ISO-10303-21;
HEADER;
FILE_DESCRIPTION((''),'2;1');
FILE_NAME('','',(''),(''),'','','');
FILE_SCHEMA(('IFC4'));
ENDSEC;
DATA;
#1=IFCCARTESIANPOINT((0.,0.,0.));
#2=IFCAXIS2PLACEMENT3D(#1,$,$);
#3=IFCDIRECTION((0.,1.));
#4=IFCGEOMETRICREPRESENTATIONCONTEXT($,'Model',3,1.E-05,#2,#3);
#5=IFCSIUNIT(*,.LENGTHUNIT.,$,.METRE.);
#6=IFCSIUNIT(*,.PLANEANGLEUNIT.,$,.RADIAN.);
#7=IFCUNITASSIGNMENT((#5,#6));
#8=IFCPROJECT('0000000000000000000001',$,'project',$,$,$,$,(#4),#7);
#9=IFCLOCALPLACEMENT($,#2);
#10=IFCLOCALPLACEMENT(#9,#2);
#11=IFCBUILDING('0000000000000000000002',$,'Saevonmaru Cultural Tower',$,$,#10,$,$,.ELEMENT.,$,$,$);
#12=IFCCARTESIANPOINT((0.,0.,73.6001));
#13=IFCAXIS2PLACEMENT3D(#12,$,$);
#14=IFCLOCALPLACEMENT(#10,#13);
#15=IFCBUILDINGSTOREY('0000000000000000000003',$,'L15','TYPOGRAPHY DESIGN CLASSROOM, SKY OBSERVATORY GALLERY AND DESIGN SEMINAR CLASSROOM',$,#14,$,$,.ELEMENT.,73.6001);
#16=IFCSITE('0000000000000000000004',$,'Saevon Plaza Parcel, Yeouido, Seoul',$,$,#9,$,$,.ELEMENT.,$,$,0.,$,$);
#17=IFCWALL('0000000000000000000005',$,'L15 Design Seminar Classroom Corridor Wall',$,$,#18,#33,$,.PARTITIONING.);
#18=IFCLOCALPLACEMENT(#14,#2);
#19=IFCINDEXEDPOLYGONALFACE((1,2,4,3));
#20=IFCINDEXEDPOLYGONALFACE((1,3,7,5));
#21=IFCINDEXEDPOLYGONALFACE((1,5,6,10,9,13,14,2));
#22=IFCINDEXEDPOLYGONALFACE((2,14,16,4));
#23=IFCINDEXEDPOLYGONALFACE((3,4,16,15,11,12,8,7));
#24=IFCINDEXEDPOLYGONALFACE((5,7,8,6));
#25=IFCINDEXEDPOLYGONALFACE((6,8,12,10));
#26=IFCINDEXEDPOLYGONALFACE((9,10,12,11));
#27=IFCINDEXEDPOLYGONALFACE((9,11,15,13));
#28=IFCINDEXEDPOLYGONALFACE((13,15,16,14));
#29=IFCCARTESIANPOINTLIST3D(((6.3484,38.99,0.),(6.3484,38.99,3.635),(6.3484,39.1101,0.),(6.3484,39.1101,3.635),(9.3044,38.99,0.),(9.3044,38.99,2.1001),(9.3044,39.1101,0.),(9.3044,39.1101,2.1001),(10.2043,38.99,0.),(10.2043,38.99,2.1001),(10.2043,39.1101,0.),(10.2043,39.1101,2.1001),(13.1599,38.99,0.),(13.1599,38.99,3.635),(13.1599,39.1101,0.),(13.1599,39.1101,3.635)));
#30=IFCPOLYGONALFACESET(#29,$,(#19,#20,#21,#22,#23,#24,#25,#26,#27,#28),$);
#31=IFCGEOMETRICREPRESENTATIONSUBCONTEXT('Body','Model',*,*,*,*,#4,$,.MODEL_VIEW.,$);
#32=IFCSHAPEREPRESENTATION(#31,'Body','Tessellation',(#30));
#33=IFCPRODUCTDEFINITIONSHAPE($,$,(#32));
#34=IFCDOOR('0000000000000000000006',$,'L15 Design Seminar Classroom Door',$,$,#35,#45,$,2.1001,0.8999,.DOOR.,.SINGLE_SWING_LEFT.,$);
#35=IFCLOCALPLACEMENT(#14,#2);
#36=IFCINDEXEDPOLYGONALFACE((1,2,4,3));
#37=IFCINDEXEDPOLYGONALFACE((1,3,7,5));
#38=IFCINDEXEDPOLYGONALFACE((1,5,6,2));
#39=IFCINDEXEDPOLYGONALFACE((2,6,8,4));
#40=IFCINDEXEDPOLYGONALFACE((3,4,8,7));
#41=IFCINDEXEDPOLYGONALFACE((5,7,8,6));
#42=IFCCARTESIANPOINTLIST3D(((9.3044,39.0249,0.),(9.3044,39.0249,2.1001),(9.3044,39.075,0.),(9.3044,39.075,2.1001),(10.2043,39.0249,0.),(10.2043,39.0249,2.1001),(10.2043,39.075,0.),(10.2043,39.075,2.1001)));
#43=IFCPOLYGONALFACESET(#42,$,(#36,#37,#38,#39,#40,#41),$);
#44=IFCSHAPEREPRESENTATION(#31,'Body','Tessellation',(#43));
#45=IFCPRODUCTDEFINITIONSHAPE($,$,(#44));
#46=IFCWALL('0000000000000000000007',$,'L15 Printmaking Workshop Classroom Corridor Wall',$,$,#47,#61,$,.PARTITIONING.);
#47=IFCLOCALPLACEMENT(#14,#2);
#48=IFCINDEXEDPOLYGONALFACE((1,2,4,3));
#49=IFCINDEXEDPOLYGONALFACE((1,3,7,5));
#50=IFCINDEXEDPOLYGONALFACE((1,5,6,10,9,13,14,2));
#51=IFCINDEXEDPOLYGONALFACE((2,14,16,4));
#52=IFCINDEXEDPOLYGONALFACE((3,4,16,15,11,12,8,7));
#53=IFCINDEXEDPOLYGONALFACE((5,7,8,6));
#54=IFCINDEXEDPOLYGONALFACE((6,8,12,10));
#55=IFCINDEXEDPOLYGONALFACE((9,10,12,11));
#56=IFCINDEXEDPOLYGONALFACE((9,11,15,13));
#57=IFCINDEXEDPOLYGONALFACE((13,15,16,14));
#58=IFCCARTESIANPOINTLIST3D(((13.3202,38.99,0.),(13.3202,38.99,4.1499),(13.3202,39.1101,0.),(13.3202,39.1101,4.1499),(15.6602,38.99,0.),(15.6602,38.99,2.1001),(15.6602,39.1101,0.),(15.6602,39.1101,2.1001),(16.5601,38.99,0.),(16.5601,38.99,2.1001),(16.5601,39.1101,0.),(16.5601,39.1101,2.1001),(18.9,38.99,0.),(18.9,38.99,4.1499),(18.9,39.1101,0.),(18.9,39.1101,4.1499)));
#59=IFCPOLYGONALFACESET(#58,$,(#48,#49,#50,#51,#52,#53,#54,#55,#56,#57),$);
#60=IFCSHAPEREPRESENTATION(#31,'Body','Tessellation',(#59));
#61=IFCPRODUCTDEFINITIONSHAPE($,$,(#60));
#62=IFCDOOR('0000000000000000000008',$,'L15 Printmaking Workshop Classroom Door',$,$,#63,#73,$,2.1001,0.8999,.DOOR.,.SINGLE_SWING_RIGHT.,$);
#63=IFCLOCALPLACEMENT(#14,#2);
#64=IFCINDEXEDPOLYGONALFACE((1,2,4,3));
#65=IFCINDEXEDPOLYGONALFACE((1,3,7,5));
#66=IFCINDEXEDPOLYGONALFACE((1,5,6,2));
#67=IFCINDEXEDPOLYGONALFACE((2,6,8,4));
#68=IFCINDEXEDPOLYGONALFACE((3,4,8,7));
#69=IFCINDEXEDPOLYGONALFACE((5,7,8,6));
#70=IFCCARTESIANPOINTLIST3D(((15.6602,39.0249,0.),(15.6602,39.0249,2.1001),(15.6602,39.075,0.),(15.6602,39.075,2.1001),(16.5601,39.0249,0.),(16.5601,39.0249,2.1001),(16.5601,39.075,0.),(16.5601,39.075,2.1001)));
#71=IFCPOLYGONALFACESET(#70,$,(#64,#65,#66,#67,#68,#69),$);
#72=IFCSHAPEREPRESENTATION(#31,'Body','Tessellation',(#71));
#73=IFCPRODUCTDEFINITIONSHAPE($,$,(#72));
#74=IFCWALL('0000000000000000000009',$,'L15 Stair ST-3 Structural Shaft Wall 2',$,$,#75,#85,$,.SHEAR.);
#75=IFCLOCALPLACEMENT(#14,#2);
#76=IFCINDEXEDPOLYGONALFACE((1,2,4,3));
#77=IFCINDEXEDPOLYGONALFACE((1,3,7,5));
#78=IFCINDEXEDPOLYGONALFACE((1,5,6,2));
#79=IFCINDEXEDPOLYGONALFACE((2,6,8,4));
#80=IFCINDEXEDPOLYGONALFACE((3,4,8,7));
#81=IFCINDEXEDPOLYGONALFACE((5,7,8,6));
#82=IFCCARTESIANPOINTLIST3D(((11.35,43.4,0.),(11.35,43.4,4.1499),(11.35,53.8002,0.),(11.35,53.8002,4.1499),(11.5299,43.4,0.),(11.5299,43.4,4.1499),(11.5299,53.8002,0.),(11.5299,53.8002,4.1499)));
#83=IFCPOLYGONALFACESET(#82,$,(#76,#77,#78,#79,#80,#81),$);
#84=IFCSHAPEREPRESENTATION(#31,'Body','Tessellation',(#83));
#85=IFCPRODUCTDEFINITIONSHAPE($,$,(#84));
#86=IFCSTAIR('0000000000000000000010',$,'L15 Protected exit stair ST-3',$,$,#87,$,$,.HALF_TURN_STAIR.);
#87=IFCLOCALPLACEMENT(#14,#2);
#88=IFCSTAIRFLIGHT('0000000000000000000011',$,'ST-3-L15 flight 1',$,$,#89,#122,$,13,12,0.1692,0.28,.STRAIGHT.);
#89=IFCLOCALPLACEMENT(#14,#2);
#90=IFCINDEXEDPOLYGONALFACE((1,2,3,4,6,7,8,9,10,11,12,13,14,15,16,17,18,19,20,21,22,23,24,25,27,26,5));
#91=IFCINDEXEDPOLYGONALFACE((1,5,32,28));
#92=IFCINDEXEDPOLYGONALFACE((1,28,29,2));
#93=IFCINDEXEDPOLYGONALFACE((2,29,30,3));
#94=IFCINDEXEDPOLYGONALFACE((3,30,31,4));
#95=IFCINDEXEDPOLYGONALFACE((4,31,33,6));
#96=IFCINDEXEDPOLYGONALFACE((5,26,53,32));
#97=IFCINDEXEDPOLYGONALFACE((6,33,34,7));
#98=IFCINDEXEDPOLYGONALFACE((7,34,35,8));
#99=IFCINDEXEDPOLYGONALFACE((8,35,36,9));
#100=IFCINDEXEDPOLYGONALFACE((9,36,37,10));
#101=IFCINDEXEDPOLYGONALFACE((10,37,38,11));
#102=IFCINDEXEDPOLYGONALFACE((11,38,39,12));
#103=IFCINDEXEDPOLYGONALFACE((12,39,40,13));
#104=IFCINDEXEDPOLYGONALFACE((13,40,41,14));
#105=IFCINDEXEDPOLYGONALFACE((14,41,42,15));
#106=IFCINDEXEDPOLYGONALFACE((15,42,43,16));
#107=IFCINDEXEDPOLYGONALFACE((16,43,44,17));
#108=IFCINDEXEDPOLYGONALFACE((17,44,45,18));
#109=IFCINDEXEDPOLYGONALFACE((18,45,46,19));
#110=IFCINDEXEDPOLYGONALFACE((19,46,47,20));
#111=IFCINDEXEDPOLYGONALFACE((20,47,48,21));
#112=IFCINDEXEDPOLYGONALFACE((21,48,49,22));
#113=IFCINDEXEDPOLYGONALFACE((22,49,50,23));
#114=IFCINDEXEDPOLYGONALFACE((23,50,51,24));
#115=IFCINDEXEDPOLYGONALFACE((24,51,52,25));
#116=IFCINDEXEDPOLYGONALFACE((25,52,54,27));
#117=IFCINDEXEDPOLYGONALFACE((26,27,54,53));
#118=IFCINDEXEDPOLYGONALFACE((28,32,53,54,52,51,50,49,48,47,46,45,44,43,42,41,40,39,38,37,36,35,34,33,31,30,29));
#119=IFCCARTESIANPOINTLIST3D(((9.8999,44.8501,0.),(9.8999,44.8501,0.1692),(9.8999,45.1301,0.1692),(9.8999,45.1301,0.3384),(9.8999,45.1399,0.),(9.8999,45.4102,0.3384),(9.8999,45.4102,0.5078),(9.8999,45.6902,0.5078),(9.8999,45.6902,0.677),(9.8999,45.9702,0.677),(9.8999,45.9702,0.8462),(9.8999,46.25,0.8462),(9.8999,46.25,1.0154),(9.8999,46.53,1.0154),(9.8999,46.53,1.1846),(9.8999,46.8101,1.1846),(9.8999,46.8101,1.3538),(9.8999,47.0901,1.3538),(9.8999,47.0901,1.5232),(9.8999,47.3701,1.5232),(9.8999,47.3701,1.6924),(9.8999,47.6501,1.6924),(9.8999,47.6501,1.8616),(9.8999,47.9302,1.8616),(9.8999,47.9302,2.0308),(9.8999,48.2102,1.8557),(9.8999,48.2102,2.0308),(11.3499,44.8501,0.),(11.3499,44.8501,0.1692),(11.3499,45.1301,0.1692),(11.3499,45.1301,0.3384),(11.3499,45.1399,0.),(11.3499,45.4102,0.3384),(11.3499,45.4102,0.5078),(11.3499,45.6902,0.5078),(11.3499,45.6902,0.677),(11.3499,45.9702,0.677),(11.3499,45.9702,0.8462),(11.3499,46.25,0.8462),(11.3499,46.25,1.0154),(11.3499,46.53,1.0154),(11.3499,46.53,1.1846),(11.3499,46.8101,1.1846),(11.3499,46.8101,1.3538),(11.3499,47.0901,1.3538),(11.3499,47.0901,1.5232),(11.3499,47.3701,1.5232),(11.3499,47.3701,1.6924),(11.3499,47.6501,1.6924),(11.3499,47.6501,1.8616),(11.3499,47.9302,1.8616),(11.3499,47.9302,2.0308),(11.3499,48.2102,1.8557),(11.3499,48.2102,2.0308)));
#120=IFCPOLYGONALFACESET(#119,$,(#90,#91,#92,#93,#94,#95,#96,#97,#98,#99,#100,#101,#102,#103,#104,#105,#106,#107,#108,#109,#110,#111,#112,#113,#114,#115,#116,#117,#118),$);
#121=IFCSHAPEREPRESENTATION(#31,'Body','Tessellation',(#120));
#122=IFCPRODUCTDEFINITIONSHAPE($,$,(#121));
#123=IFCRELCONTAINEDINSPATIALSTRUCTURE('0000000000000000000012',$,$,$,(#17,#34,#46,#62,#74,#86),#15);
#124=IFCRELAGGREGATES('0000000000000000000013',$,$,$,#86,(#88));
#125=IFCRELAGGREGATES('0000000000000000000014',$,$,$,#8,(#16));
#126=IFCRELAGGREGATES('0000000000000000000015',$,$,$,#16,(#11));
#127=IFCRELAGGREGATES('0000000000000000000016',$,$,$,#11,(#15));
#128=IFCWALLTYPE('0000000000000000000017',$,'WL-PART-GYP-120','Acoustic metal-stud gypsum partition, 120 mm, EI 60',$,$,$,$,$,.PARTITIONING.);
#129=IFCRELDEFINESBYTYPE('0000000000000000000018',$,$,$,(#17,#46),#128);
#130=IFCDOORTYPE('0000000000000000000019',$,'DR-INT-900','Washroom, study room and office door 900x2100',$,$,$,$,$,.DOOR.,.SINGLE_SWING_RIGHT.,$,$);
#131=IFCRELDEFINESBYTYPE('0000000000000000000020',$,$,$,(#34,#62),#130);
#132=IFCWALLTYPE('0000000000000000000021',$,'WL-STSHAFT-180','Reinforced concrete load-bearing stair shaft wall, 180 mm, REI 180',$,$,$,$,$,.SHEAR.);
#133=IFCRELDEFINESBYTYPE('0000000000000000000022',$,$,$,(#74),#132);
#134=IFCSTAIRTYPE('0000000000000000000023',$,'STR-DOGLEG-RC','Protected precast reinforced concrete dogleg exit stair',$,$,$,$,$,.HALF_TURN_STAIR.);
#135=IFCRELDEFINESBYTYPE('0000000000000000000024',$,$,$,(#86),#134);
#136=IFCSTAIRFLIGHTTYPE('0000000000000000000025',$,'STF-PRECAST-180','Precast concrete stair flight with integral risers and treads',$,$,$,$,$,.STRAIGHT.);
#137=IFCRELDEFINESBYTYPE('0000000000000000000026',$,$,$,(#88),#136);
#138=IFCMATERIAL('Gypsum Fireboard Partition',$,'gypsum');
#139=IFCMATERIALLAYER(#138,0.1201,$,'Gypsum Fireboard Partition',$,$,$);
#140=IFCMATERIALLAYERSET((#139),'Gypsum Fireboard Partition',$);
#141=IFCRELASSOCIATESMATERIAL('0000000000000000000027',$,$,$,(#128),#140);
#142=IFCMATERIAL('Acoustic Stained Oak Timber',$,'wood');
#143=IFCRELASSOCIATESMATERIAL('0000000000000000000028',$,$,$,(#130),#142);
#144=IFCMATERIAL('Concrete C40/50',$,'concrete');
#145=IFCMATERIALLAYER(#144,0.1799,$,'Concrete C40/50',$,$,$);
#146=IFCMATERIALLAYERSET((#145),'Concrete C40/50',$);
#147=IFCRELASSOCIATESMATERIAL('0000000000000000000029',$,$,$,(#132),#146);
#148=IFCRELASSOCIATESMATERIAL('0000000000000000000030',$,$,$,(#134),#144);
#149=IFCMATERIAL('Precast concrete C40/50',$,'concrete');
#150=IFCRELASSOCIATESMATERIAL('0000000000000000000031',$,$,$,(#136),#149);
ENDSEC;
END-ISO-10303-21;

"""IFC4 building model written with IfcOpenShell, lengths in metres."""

from ifc_helpers import new_model, si_unit, direction, frame, frame_2d, origin, place, context, subcontext, project, spatial, polyline, rectangle, outline, extrude, material, layer, layer_set, type_object, element, fill, aggregate, save


model = new_model("IFC4")

# Units and contexts
model_context = context("Model", 3, precision=1e-05, world=origin(), true_north=direction((0.0, 1.0)))
body_context = subcontext(model_context, "Body", "Model", "MODEL_VIEW")
ifc_project = project(units=[si_unit("LENGTHUNIT", "METRE"), si_unit("PLANEANGLEUNIT", "RADIAN")], contexts=[model_context])

# Site, building, storey
site_placement = place(None, origin())
site = spatial("IfcSite", under=ifc_project, at=site_placement, Name="Saevon Plaza Parcel, Yeouido, Seoul", CompositionType="ELEMENT", RefElevation=0.0)
building_placement = place(site_placement, origin())
building = spatial("IfcBuilding", under=site, at=building_placement, Name="Saevonmaru Cultural Tower", CompositionType="ELEMENT")
storey_placement = place(building_placement, frame((0.0, 0.0, 73.6001)))
storey = spatial("IfcBuildingStorey", under=building, at=storey_placement, Name="L15", Description="TYPOGRAPHY DESIGN CLASSROOM, SKY OBSERVATORY GALLERY AND DESIGN SEMINAR CLASSROOM", CompositionType="ELEMENT", Elevation=73.6001)

# Shared definitions
ifc_material_1 = material(Name="Gypsum Fireboard Partition", Category="gypsum")
ifc_layer_1 = layer(ifc_material_1, 0.1201, Name="Gypsum Fireboard Partition")
ifc_layer_set_1 = layer_set([ifc_layer_1], Name="Gypsum Fireboard Partition")
wall_type_1 = type_object("IfcWallType", Name="WL-PART-GYP-120", Description="Acoustic metal-stud gypsum partition, 120 mm, EI 60", PredefinedType="PARTITIONING", material=ifc_layer_set_1)

# Walls, openings, doors
wall_1_placement = place(storey_placement, frame((6.3484, 39.05, 0.0), z_axis=(0.0, 0.0, 1.0), x_axis=(1.0, 0.0, 0.0)))
wall_1 = element("IfcWall", 1, at=wall_1_placement, inside=storey, type_object=wall_type_1, Name="L15 Design Seminar Classroom Corridor Wall", PredefinedType="PARTITIONING", context=body_context, shape_type="SweptSolid", body=[
    extrude(rectangle(XDim=6.8115, YDim=0.1201, at=frame_2d((3.4058, 0.0))), origin(), (0.0, 0.0, 1.0), 3.635),
])
opening_1_placement = place(wall_1_placement, frame((2.9561, 0.0, 0.0)))
opening_1 = element("IfcOpeningElement", 2, at=opening_1_placement, cuts=wall_1, PredefinedType="OPENING", context=body_context, shape_type="SweptSolid", body=[
    extrude(rectangle(XDim=0.8999, YDim=2.1001, at=frame_2d((0.45, 1.05))), frame((0.0, 0.0701, 0.0), z_axis=(0.0, -1.0, 0.0), x_axis=(1.0, 0.0, 0.0)), (0.0, 0.0, 1.0), 0.1401),
])
ifc_material_2 = material(Name="Acoustic Stained Oak Timber", Category="wood")
door_type_1 = type_object("IfcDoorType", Name="DR-INT-900", Description="Washroom, study room and office door 900x2100", OperationType="SINGLE_SWING_RIGHT", PredefinedType="DOOR", material=ifc_material_2)
door_1_placement = place(opening_1_placement, origin())
door_1 = element("IfcDoor", 3, at=door_1_placement, inside=storey, type_object=door_type_1, Name="L15 Design Seminar Classroom Door", OperationType="SINGLE_SWING_LEFT", OverallHeight=2.1001, OverallWidth=0.8999, PredefinedType="DOOR", context=body_context, shape_type="SweptSolid", body=[
    extrude(rectangle(XDim=0.8999, YDim=2.1001, at=frame_2d((0.45, 1.05))), frame((0.0, 0.0249, 0.0), z_axis=(0.0, -1.0, 0.0), x_axis=(1.0, 0.0, 0.0)), (0.0, 0.0, 1.0), 0.05),
])
fill(opening_1, door_1)
wall_2_placement = place(storey_placement, frame((13.3201, 39.05, 0.0), z_axis=(0.0, 0.0, 1.0), x_axis=(1.0, 0.0, 0.0)))
wall_2 = element("IfcWall", 4, at=wall_2_placement, inside=storey, type_object=wall_type_1, Name="L15 Printmaking Workshop Classroom Corridor Wall", PredefinedType="PARTITIONING", context=body_context, shape_type="SweptSolid", body=[
    extrude(rectangle(XDim=5.5798, YDim=0.1201, at=frame_2d((2.79, 0.0))), origin(), (0.0, 0.0, 1.0), 4.1499),
])
opening_2_placement = place(wall_2_placement, frame((2.3401, 0.0, 0.0)))
opening_2 = element("IfcOpeningElement", 5, at=opening_2_placement, cuts=wall_2, PredefinedType="OPENING", context=body_context, shape_type="SweptSolid", body=[
    extrude(rectangle(XDim=0.8999, YDim=2.1001, at=frame_2d((0.45, 1.05))), frame((0.0, 0.0701, 0.0), z_axis=(0.0, -1.0, 0.0), x_axis=(1.0, 0.0, 0.0)), (0.0, 0.0, 1.0), 0.1401),
])
door_2_placement = place(opening_2_placement, origin())
door_2 = element("IfcDoor", 6, at=door_2_placement, inside=storey, type_object=door_type_1, Name="L15 Printmaking Workshop Classroom Door", OperationType="SINGLE_SWING_RIGHT", OverallHeight=2.1001, OverallWidth=0.8999, PredefinedType="DOOR", context=body_context, shape_type="SweptSolid", body=[
    extrude(rectangle(XDim=0.8999, YDim=2.1001, at=frame_2d((0.45, 1.05))), frame((0.0, 0.0249, 0.0), z_axis=(0.0, -1.0, 0.0), x_axis=(1.0, 0.0, 0.0)), (0.0, 0.0, 1.0), 0.05),
])
fill(opening_2, door_2)
ifc_material_3 = material(Name="Concrete C40/50", Category="concrete")
ifc_layer_2 = layer(ifc_material_3, 0.1799, Name="Concrete C40/50")
ifc_layer_set_2 = layer_set([ifc_layer_2], Name="Concrete C40/50")
wall_type_2 = type_object("IfcWallType", Name="WL-STSHAFT-180", Description="Reinforced concrete load-bearing stair shaft wall, 180 mm, REI 180", PredefinedType="SHEAR", material=ifc_layer_set_2)

# Wall
wall_3_placement = place(storey_placement, frame((11.4399, 43.3999, 0.0), z_axis=(0.0, 0.0, 1.0), x_axis=(0.0, 1.0, 0.0)))
element("IfcWall", 7, at=wall_3_placement, inside=storey, type_object=wall_type_2, Name="L15 Stair ST-3 Structural Shaft Wall 2", PredefinedType="SHEAR", context=body_context, shape_type="SweptSolid", body=[
    extrude(rectangle(XDim=10.4001, YDim=0.1799, at=frame_2d((5.2002, 0.0))), origin(), (0.0, 0.0, 1.0), 4.1499),
])

# Stair, stair flight
stair_type = type_object("IfcStairType", Name="STR-DOGLEG-RC", Description="Protected precast reinforced concrete dogleg exit stair", PredefinedType="HALF_TURN_STAIR", material=ifc_material_3)
stair_placement = place(storey_placement, origin())
stair = element("IfcStair", 8, at=stair_placement, inside=storey, type_object=stair_type, Name="L15 Protected exit stair ST-3", PredefinedType="HALF_TURN_STAIR")
ifc_material_4 = material(Name="Precast concrete C40/50", Category="concrete")
stair_flight_type = type_object("IfcStairFlightType", Name="STF-PRECAST-180", Description="Precast concrete stair flight with integral risers and treads", PredefinedType="STRAIGHT", material=ifc_material_4)
stair_flight_placement = place(storey_placement, frame((10.625, 44.8501, 0.0), z_axis=(0.0, 0.0, 1.0), x_axis=(0.0, 1.0, 0.0)))
stair_flight = element("IfcStairFlight", 9, at=stair_flight_placement, type_object=stair_flight_type, Name="ST-3-L15 flight 1", NumberOfRisers=13, NumberOfTreads=12, PredefinedType="STRAIGHT", RiserHeight=0.1692, TreadLength=0.28, context=body_context, shape_type="SweptSolid", body=[
    extrude(outline(polyline([(0.0, 0.0), (0.0, 0.1692), (0.28, 0.1692), (0.28, 0.3384), (0.5601, 0.3384), (0.5601, 0.5078), (0.8401, 0.5078), (0.8401, 0.677), (1.1201, 0.677), (1.1201, 0.8462), (1.3999, 0.8462), (1.3999, 1.0154), (1.6799, 1.0154), (1.6799, 1.1846), (1.96, 1.1846), (1.96, 1.3538), (2.24, 1.3538), (2.24, 1.5232), (2.52, 1.5232), (2.52, 1.6924), (2.8, 1.6924), (2.8, 1.8616), (3.0801, 1.8616), (3.0801, 2.0308), (3.3601, 2.0308), (3.3601, 2.2), (3.3601, 1.8557), (0.2898, 0.0), (0.0, 0.0)])), frame((0.0, 0.7251, 0.0), z_axis=(0.0, -1.0, 0.0), x_axis=(1.0, 0.0, 0.0)), (0.0, 0.0, 1.0), 1.45),
])
aggregate(stair, [stair_flight])

save(model, "model.ifc")
